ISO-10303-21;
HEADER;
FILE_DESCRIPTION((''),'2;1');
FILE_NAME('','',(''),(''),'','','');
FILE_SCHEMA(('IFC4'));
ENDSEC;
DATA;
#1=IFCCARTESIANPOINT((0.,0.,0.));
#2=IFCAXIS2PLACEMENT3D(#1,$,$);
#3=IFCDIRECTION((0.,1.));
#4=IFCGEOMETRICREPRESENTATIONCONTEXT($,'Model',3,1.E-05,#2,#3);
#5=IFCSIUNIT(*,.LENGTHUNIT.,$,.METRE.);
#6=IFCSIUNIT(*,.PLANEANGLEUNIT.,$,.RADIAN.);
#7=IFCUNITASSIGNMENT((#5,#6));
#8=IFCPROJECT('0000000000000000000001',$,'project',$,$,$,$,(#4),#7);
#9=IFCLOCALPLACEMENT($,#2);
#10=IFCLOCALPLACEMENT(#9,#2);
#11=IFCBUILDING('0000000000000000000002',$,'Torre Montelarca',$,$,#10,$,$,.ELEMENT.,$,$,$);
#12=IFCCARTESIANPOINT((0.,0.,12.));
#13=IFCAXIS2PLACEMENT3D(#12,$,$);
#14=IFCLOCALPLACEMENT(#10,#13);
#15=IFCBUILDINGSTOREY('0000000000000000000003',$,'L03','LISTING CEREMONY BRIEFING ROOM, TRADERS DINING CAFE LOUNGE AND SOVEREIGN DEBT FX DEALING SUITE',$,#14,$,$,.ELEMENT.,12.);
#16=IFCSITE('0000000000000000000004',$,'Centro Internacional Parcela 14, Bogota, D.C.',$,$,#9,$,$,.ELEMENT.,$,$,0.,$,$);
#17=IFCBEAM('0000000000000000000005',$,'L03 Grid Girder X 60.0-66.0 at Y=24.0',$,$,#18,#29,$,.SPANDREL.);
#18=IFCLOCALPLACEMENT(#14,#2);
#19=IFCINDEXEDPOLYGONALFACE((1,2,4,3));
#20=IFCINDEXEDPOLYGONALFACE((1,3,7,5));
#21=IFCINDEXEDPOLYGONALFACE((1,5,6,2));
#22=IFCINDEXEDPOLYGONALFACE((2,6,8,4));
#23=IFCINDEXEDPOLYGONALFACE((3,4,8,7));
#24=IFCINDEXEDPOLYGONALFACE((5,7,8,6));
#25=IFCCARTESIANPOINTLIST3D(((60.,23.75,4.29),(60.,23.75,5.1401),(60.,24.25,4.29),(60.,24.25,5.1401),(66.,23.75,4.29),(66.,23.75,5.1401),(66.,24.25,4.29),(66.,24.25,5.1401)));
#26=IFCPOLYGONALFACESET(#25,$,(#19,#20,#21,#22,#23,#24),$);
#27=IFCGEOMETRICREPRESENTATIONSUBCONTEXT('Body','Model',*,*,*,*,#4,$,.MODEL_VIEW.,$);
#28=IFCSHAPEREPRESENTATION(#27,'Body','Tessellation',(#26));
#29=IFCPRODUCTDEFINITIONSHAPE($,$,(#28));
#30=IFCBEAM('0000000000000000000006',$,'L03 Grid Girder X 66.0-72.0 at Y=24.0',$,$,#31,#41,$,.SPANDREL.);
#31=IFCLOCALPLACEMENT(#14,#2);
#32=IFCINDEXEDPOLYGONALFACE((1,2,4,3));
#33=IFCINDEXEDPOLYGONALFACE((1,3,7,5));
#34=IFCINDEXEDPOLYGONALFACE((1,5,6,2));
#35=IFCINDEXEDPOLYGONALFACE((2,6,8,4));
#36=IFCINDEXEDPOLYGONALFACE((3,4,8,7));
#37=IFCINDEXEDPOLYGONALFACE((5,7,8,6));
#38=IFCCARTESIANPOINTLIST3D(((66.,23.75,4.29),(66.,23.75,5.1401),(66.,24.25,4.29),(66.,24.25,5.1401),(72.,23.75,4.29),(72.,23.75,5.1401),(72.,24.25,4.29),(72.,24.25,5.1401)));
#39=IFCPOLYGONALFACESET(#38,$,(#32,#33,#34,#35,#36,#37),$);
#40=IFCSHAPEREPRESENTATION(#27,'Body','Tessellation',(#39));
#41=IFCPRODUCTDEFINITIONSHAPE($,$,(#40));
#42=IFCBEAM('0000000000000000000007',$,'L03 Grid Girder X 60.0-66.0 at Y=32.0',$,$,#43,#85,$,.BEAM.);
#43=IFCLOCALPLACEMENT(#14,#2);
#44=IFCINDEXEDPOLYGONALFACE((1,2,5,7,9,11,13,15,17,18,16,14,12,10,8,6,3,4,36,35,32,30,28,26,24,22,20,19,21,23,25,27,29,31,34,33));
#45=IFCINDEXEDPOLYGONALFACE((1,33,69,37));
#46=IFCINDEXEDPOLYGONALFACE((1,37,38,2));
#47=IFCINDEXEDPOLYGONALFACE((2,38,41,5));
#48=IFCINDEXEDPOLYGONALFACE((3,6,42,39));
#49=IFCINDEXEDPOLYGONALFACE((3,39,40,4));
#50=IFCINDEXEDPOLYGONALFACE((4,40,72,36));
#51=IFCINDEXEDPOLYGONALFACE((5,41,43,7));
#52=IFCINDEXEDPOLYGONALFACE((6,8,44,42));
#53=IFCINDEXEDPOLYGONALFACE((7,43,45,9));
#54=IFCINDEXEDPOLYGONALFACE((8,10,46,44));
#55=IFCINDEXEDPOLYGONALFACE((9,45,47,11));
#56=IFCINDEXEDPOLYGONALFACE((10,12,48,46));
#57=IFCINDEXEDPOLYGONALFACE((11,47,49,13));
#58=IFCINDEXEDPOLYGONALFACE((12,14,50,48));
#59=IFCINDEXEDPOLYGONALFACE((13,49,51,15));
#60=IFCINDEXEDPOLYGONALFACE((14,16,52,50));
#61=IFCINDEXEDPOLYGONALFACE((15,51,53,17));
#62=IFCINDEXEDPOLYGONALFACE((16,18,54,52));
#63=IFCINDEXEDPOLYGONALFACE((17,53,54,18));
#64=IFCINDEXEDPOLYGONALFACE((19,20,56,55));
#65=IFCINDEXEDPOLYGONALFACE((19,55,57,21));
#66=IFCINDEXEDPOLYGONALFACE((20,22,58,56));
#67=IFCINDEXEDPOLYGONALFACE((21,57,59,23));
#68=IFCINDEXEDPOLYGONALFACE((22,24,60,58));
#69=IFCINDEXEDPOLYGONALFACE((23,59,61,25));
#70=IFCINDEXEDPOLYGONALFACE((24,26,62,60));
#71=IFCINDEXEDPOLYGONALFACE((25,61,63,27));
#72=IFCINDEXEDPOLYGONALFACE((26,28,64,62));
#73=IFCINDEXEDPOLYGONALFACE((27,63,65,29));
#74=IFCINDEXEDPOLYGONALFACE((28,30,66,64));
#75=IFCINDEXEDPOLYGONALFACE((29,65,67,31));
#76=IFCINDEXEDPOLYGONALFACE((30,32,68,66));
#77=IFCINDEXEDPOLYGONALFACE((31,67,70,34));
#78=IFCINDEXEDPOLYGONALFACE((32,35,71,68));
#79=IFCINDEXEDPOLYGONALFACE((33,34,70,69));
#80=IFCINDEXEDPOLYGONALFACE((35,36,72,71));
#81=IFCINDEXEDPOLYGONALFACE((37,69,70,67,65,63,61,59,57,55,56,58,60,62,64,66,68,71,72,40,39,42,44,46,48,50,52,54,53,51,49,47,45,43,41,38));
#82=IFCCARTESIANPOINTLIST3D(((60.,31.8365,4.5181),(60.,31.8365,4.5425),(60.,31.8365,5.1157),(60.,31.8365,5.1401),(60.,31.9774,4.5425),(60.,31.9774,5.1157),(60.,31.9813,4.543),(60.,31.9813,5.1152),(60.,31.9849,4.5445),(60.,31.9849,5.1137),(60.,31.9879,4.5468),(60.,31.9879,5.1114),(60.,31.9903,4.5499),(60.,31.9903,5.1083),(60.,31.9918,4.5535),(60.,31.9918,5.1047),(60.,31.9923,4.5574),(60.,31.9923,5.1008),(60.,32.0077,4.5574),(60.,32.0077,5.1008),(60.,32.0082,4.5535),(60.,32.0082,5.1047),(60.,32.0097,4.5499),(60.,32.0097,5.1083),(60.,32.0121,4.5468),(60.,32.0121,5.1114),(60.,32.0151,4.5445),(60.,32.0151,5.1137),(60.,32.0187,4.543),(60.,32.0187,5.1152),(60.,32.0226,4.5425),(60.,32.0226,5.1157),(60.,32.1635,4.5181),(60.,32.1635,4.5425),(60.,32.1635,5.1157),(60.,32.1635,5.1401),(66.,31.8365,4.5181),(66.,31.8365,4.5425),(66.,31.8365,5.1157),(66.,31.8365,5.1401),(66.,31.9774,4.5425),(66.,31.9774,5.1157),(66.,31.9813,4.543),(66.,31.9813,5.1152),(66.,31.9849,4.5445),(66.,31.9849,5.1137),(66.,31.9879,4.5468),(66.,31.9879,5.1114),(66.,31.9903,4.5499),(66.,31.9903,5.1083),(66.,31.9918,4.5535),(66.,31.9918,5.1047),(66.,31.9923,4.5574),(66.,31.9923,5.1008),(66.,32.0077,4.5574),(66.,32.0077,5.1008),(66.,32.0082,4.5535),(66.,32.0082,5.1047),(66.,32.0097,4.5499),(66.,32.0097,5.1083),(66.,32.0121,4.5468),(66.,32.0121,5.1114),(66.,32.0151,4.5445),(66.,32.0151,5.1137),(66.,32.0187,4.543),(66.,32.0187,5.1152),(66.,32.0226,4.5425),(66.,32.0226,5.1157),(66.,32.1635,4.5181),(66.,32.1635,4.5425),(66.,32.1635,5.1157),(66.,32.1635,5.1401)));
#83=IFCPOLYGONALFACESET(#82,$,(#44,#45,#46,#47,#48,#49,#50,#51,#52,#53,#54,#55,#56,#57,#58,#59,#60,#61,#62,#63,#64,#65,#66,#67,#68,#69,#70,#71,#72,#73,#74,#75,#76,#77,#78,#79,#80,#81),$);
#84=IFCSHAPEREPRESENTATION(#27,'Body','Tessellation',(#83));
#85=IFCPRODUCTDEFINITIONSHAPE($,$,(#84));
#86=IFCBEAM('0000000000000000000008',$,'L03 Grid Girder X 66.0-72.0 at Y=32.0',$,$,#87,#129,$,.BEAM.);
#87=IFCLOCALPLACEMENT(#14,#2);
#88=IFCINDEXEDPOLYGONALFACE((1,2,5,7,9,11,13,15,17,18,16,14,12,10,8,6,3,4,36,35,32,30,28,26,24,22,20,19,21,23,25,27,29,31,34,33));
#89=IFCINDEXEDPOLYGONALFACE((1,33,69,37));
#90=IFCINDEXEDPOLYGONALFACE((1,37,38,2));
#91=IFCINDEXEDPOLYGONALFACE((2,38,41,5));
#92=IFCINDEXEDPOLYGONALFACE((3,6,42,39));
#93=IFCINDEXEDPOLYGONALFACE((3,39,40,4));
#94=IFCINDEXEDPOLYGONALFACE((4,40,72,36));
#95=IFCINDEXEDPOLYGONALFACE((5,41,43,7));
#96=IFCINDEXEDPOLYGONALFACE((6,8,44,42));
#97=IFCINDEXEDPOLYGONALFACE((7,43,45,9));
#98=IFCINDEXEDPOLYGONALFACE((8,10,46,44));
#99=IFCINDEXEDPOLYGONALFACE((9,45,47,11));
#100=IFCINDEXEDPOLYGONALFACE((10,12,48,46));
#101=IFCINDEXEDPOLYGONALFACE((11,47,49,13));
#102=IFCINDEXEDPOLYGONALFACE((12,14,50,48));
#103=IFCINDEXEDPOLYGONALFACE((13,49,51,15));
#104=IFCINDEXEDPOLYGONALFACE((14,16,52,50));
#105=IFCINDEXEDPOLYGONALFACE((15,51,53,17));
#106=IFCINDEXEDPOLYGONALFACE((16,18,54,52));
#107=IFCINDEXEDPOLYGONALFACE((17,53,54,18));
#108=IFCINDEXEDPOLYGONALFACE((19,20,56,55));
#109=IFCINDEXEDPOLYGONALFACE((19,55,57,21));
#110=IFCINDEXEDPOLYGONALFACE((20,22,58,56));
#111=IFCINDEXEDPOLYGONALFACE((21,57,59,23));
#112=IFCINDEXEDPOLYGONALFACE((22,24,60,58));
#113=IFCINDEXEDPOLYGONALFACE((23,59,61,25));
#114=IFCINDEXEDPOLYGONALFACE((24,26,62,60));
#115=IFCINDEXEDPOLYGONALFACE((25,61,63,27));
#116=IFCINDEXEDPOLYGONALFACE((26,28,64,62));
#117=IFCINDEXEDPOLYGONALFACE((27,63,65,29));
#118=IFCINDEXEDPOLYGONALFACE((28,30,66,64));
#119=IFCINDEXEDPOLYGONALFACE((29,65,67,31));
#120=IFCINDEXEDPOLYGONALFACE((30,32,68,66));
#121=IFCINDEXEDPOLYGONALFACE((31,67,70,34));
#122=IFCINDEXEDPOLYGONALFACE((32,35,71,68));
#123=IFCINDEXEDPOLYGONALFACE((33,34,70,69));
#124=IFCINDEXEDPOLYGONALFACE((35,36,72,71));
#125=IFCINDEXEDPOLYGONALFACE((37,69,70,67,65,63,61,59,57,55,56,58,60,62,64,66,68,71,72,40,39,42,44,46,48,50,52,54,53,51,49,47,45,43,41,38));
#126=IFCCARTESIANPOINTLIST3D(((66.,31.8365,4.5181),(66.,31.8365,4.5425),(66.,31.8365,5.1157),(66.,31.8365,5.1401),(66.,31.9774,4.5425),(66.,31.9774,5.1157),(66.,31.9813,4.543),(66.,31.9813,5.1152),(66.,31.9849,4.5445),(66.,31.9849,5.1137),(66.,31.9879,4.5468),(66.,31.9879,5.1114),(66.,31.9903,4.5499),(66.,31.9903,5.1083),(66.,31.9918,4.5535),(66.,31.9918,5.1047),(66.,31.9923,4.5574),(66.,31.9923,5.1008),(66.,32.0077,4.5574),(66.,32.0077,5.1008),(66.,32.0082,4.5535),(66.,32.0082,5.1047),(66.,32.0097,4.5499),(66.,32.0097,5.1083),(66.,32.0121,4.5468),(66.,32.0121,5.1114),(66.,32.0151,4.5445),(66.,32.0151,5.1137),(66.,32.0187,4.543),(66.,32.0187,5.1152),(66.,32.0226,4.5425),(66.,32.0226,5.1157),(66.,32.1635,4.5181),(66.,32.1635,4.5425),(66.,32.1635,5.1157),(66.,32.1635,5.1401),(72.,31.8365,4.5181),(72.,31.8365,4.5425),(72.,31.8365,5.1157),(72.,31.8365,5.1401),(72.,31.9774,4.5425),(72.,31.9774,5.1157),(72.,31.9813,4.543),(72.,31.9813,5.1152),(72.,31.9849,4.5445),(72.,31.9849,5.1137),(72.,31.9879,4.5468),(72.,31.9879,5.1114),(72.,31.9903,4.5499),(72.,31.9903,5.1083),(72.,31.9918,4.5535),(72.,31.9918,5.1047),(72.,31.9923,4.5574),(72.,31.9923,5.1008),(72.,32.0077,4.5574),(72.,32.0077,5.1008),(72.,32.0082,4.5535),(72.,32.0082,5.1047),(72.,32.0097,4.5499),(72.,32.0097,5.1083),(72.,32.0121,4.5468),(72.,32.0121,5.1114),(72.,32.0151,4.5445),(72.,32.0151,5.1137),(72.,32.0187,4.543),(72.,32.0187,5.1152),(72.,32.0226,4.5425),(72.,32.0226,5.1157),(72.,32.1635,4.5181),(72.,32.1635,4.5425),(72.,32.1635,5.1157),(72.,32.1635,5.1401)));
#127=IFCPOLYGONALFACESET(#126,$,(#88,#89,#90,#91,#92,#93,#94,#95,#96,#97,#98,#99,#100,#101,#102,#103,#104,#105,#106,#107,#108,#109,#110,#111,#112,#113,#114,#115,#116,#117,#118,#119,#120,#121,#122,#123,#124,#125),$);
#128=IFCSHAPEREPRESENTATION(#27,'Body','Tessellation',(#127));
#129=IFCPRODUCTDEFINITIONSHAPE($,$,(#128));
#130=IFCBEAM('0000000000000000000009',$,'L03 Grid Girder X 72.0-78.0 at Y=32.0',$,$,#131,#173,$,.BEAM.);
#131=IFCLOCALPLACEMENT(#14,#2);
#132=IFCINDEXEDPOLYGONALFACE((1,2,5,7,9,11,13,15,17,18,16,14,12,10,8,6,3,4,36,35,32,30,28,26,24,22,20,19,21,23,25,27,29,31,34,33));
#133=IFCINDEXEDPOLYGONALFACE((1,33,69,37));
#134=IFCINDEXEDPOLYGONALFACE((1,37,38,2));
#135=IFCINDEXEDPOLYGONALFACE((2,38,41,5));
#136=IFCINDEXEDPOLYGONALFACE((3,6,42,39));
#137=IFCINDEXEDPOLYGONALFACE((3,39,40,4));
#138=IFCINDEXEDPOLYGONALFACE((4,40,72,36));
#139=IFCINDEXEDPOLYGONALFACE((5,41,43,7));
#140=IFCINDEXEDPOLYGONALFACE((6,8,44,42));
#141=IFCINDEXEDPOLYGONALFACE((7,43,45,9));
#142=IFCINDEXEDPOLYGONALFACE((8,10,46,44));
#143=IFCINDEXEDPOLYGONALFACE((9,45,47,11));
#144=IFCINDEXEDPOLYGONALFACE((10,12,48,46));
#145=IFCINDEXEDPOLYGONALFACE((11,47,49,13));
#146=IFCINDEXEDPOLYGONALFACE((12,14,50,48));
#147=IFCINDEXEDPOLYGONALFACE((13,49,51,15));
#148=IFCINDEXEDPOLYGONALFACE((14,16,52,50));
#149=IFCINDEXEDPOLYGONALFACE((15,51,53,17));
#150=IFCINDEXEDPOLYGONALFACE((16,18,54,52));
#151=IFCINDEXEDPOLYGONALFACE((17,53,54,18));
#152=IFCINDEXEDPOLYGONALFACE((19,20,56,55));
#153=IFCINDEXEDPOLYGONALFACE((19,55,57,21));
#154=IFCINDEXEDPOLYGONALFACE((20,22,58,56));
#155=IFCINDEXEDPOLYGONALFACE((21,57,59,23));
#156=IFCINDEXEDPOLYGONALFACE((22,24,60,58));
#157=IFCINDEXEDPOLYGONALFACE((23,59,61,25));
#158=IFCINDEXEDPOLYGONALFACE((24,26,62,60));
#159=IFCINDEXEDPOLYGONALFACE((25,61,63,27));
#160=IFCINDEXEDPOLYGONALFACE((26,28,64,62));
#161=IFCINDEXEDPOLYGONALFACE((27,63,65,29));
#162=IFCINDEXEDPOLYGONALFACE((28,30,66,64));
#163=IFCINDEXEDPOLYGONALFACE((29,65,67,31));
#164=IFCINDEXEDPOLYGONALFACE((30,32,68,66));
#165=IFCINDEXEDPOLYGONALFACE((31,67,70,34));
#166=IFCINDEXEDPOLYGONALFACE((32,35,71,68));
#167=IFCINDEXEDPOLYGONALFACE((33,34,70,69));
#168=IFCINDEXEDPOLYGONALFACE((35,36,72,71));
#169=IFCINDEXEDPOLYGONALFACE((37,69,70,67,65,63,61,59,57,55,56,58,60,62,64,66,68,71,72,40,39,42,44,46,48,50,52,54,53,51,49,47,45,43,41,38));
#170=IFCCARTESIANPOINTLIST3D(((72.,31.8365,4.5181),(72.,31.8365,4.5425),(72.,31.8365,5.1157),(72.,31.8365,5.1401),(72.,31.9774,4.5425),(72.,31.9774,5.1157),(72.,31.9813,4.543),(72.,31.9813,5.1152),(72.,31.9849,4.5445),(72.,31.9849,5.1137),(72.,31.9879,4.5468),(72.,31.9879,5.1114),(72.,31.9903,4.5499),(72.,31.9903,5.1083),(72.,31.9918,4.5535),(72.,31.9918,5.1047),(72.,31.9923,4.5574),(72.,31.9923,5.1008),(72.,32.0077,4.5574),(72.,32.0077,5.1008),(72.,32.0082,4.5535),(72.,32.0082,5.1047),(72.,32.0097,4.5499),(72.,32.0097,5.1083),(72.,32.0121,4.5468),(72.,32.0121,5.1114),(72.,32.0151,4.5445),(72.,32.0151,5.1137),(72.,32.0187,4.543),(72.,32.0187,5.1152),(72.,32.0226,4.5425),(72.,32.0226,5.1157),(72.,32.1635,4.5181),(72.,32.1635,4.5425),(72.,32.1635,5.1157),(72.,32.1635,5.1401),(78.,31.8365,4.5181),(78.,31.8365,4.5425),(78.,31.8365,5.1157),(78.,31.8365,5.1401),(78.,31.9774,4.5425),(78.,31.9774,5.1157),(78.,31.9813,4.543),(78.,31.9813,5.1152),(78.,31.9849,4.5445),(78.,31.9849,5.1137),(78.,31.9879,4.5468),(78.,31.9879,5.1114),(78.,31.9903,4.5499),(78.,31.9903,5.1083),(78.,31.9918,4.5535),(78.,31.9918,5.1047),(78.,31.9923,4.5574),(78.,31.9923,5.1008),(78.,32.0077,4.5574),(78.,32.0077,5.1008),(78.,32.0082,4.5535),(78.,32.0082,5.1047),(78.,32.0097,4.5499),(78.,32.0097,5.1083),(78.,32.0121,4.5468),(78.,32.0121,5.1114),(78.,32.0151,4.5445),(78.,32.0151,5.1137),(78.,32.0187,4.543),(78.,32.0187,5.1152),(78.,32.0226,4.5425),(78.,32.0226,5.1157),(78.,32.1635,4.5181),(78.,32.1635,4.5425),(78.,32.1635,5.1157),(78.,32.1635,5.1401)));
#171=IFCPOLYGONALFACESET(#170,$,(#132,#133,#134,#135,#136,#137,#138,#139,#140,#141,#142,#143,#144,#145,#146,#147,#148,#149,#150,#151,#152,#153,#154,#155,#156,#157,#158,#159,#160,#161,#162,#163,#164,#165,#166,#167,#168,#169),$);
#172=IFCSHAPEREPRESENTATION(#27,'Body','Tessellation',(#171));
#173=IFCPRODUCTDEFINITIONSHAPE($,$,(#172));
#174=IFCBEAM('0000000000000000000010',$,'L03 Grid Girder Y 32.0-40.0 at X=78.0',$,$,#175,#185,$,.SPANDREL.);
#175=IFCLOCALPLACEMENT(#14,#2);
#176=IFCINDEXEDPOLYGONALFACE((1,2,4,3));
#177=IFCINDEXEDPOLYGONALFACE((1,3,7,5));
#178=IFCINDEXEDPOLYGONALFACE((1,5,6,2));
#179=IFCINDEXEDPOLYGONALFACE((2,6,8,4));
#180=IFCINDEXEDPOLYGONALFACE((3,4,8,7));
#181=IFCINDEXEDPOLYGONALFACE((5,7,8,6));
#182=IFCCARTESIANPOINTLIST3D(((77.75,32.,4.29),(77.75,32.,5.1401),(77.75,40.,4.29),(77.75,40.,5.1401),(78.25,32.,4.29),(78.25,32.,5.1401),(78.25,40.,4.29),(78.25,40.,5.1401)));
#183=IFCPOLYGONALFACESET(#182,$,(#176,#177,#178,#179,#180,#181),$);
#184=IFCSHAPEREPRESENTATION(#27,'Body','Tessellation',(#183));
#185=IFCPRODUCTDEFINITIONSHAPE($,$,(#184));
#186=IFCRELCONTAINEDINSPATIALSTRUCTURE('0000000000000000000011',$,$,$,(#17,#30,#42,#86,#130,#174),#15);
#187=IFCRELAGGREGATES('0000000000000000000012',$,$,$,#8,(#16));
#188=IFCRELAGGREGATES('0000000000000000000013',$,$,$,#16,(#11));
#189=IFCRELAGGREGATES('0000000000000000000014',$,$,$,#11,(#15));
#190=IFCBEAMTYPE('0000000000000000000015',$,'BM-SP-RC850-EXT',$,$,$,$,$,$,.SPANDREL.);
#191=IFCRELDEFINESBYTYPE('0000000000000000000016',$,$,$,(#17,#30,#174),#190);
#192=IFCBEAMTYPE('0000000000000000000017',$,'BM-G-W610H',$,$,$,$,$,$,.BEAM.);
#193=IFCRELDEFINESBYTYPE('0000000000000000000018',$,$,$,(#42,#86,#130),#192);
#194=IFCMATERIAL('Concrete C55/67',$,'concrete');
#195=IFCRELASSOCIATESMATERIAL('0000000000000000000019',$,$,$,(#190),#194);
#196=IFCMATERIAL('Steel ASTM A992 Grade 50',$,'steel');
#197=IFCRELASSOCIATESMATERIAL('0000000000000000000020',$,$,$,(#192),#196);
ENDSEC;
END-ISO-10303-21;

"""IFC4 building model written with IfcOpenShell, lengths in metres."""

from ifc_helpers import new_model, si_unit, direction, frame, origin, origin_2d, place, context, subcontext, project, spatial, rectangle, i_section, extrude, source, transform, mapped, material, material_profile, profile_set, type_object, element, save


model = new_model("IFC4")

# Units and contexts
model_context = context("Model", 3, precision=1e-05, world=origin(), true_north=direction((0.0, 1.0)))
body_context = subcontext(model_context, "Body", "Model", "MODEL_VIEW")
ifc_project = project(units=[si_unit("LENGTHUNIT", "METRE"), si_unit("PLANEANGLEUNIT", "RADIAN")], contexts=[model_context])

# Site, building, storey
site_placement = place(None, origin())
site = spatial("IfcSite", under=ifc_project, at=site_placement, Name="Centro Internacional Parcela 14, Bogota, D.C.", CompositionType="ELEMENT", RefElevation=0.0)
building_placement = place(site_placement, origin())
building = spatial("IfcBuilding", under=site, at=building_placement, Name="Torre Montelarca", CompositionType="ELEMENT")
storey_placement = place(building_placement, frame((0.0, 0.0, 12.0)))
storey = spatial("IfcBuildingStorey", under=building, at=storey_placement, Name="L03", Description="LISTING CEREMONY BRIEFING ROOM, TRADERS DINING CAFE LOUNGE AND SOVEREIGN DEBT FX DEALING SUITE", CompositionType="ELEMENT", Elevation=12.0)

# Shared definitions
ifc_material_1 = material(Name="Steel ASTM A992 Grade 50", Category="steel")

# Beams
ifc_material_2 = material(Name="Concrete C55/67", Category="concrete")
ifc_material_profile_1 = material_profile(ifc_material_2, rectangle(XDim=0.5, YDim=0.8501, at=origin_2d()), Name="RCB500X850", Category="concrete")
ifc_profile_set_1 = profile_set([ifc_material_profile_1], Name="Concrete C55/67")
beam_type_1 = type_object("IfcBeamType", Name="BM-SP-RC850-EXT", PredefinedType="SPANDREL", material=ifc_profile_set_1)
shared_shape_1 = source(origin(), body_context, "Body", "SweptSolid", [
    extrude(rectangle(XDim=0.5, YDim=0.8501, at=origin_2d()), origin(), (0.0, 0.0, 1.0), 6.0),
])
for number, where, z_axis, x_axis, name in (
    (1, (60.0, 24.0, 4.7151), (1.0, 0.0, 0.0), (0.0, 1.0, 0.0), "L03 Grid Girder X 60.0-66.0 at Y=24.0"),
    (2, (66.0, 24.0, 4.7151), (1.0, 0.0, 0.0), (0.0, 1.0, 0.0), "L03 Grid Girder X 66.0-72.0 at Y=24.0"),
):
    element("IfcBeam", number, at=place(storey_placement, frame(where, z_axis=z_axis, x_axis=x_axis)), inside=storey, type_object=beam_type_1, Name=name, PredefinedType="SPANDREL", context=body_context, shape_type="MappedRepresentation", body=[
        mapped(shared_shape_1, transform((0.0, 0.0, 0.0), scale=1.0)),
    ])
ifc_material_profile_2 = material_profile(ifc_material_1, i_section(OverallWidth=0.3269, OverallDepth=0.6221, WebThickness=0.0154, FlangeThickness=0.0244, FilletRadius=0.0149, at=origin_2d()), Name="W610X195", Category="steel")
ifc_profile_set_2 = profile_set([ifc_material_profile_2], Name="Steel ASTM A992 Grade 50")
beam_type_2 = type_object("IfcBeamType", Name="BM-G-W610H", PredefinedType="BEAM", material=ifc_profile_set_2)
shared_shape_2 = source(origin(), body_context, "Body", "SweptSolid", [
    extrude(i_section(OverallWidth=0.3269, OverallDepth=0.6221, WebThickness=0.0154, FlangeThickness=0.0244, FilletRadius=0.0149, at=origin_2d()), origin(), (0.0, 0.0, 1.0), 6.0),
])
for number, where, z_axis, x_axis, name in (
    (3, (60.0, 32.0, 4.8291), (1.0, 0.0, 0.0), (0.0, 1.0, 0.0), "L03 Grid Girder X 60.0-66.0 at Y=32.0"),
    (4, (66.0, 32.0, 4.8291), (1.0, 0.0, 0.0), (0.0, 1.0, 0.0), "L03 Grid Girder X 66.0-72.0 at Y=32.0"),
    (5, (72.0, 32.0, 4.8291), (1.0, 0.0, 0.0), (0.0, 1.0, 0.0), "L03 Grid Girder X 72.0-78.0 at Y=32.0"),
):
    element("IfcBeam", number, at=place(storey_placement, frame(where, z_axis=z_axis, x_axis=x_axis)), inside=storey, type_object=beam_type_2, Name=name, PredefinedType="BEAM", context=body_context, shape_type="MappedRepresentation", body=[
        mapped(shared_shape_2, transform((0.0, 0.0, 0.0), scale=1.0)),
    ])
shared_shape_3 = source(origin(), body_context, "Body", "SweptSolid", [
    extrude(rectangle(XDim=0.5, YDim=0.8501, at=origin_2d()), origin(), (0.0, 0.0, 1.0), 8.0),
])
beam_placement = place(storey_placement, frame((78.0, 32.0, 4.7151), z_axis=(0.0, 1.0, 0.0), x_axis=(-1.0, 0.0, 0.0)))
element("IfcBeam", 6, at=beam_placement, inside=storey, type_object=beam_type_1, Name="L03 Grid Girder Y 32.0-40.0 at X=78.0", PredefinedType="SPANDREL", context=body_context, shape_type="MappedRepresentation", body=[
    mapped(shared_shape_3, transform((0.0, 0.0, 0.0), scale=1.0)),
])

save(model, "model.ifc")
